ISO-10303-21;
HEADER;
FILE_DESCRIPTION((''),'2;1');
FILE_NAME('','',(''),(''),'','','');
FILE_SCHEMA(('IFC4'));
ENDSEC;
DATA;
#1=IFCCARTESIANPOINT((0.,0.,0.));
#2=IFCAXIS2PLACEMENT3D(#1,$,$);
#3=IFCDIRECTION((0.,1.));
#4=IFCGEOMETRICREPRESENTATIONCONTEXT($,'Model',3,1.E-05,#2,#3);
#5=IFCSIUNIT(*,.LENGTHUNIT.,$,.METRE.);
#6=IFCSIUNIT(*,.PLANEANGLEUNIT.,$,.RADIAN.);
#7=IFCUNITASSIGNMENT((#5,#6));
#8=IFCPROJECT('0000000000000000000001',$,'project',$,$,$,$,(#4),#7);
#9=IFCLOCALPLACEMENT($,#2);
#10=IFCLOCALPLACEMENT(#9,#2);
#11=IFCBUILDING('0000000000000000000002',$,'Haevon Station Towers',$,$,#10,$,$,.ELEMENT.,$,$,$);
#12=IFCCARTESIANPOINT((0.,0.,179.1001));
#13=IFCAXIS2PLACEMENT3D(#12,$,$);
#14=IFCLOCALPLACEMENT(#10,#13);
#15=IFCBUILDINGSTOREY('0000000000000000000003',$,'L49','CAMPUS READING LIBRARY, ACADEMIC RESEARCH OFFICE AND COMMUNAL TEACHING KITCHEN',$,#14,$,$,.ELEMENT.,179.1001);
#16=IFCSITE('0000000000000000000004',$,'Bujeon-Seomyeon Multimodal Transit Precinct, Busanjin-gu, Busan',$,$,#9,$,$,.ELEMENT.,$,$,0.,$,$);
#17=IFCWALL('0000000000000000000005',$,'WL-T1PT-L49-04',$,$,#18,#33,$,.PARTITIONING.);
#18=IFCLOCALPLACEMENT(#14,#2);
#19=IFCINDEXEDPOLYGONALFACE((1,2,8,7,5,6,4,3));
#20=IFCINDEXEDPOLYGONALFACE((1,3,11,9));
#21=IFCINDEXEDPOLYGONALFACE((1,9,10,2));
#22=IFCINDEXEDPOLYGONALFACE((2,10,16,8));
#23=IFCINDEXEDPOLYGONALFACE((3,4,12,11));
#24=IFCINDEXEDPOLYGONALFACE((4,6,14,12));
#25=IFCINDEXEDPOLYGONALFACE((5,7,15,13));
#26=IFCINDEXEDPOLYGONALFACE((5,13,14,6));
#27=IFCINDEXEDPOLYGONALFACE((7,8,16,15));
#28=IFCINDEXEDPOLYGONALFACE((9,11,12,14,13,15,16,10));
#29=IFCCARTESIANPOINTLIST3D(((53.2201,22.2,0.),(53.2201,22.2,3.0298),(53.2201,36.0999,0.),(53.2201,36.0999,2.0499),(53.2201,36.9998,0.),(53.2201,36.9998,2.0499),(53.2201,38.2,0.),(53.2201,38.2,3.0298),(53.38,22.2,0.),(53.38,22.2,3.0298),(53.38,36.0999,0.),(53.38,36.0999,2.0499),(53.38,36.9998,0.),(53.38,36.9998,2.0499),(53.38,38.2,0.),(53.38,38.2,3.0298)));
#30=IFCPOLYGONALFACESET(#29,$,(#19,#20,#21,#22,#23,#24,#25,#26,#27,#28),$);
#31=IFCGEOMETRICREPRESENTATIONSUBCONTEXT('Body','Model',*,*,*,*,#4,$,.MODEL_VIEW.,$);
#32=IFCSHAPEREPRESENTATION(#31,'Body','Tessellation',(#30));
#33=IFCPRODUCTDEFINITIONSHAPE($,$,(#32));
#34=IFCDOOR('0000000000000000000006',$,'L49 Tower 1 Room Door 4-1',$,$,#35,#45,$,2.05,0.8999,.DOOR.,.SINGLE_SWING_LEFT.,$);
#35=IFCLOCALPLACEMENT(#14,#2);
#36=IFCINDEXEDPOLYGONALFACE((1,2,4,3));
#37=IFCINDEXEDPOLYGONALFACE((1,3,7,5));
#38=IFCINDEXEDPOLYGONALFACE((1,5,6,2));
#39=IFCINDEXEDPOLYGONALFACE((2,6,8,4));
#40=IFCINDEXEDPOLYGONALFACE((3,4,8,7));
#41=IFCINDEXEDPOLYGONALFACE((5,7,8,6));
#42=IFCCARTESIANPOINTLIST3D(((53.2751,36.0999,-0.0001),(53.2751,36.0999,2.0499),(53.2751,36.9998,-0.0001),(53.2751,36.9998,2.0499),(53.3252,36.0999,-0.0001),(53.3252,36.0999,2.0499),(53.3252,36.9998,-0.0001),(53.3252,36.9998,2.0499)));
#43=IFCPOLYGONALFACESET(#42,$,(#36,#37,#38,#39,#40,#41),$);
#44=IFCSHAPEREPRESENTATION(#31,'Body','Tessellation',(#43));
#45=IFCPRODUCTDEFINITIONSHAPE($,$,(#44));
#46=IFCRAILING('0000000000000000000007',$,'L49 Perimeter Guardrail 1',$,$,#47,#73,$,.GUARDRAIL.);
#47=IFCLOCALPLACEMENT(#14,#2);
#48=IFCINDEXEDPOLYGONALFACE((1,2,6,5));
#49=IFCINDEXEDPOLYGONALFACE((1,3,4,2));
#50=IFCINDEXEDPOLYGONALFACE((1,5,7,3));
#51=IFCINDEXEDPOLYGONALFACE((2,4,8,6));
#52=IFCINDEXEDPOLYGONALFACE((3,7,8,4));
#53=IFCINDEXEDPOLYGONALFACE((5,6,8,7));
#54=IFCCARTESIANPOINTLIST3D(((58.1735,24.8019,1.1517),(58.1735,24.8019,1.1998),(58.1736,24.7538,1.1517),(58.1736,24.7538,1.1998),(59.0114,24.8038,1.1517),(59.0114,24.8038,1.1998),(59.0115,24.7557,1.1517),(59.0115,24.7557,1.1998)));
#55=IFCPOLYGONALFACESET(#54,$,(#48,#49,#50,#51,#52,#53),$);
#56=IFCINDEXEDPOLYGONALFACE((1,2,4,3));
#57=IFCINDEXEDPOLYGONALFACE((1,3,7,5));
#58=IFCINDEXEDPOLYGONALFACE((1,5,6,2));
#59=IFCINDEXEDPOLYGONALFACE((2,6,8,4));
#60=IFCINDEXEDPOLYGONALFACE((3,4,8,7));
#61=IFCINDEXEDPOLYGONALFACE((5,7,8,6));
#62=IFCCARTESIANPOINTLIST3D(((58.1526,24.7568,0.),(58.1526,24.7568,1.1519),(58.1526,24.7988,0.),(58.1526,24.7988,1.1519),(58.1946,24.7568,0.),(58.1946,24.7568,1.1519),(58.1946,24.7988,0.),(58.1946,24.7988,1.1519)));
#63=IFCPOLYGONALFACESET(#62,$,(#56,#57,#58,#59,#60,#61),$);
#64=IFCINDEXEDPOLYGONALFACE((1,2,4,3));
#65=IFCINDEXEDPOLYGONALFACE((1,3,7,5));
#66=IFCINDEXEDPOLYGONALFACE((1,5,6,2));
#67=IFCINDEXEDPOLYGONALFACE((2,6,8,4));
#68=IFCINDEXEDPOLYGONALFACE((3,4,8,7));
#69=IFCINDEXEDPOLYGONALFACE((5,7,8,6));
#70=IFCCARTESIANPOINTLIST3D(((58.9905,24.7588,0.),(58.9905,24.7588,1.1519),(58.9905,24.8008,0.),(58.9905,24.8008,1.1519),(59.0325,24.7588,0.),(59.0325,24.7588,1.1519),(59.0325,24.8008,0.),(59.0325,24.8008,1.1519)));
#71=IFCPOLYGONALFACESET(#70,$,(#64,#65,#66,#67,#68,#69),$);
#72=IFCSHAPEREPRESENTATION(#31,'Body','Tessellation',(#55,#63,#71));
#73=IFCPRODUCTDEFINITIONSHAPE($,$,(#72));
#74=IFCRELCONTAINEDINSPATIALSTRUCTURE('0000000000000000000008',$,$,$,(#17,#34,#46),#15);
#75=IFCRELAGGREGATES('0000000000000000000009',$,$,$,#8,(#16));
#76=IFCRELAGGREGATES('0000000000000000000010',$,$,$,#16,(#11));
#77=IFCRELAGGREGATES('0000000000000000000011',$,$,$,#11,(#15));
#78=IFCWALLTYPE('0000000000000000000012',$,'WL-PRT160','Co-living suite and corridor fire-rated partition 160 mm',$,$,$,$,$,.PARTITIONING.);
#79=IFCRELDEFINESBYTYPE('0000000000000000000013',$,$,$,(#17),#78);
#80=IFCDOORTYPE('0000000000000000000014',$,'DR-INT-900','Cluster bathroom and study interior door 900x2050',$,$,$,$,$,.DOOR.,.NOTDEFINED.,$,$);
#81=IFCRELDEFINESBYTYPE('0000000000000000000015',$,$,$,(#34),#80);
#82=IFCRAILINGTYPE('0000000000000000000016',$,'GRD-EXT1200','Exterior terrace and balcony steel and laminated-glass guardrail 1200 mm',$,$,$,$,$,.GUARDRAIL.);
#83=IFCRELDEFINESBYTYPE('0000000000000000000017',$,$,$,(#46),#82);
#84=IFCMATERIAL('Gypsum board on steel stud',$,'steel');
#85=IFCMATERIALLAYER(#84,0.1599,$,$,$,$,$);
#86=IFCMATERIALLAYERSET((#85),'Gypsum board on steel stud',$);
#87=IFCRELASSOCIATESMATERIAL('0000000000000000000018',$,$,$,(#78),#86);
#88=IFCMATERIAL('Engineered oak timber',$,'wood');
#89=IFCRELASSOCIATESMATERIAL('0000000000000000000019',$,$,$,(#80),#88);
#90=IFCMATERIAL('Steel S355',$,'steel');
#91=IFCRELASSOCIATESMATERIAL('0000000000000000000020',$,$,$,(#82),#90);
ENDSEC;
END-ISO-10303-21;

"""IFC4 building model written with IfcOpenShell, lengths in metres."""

from ifc_helpers import new_model, si_unit, direction, frame, frame_2d, origin, origin_2d, place, context, subcontext, project, spatial, rectangle, extrude, material, layer, layer_set, type_object, element, fill, save


model = new_model("IFC4")

# Units and contexts
model_context = context("Model", 3, precision=1e-05, world=origin(), true_north=direction((0.0, 1.0)))
body_context = subcontext(model_context, "Body", "Model", "MODEL_VIEW")
ifc_project = project(units=[si_unit("LENGTHUNIT", "METRE"), si_unit("PLANEANGLEUNIT", "RADIAN")], contexts=[model_context])

# Site, building, storey
site_placement = place(None, origin())
site = spatial("IfcSite", under=ifc_project, at=site_placement, Name="Bujeon-Seomyeon Multimodal Transit Precinct, Busanjin-gu, Busan", CompositionType="ELEMENT", RefElevation=0.0)
building_placement = place(site_placement, origin())
building = spatial("IfcBuilding", under=site, at=building_placement, Name="Haevon Station Towers", CompositionType="ELEMENT")
storey_placement = place(building_placement, frame((0.0, 0.0, 179.1001)))
storey = spatial("IfcBuildingStorey", under=building, at=storey_placement, Name="L49", Description="CAMPUS READING LIBRARY, ACADEMIC RESEARCH OFFICE AND COMMUNAL TEACHING KITCHEN", CompositionType="ELEMENT", Elevation=179.1001)

# Shared definitions
ifc_material_1 = material(Name="Steel S355", Category="steel")

# Shared definitions
ifc_material_2 = material(Name="Gypsum board on steel stud", Category="steel")

# Wall, opening, door
ifc_layer_1 = layer(ifc_material_2, 0.1599)
ifc_layer_set_1 = layer_set([ifc_layer_1], Name="Gypsum board on steel stud")
wall_type_1 = type_object("IfcWallType", Name="WL-PRT160", Description="Co-living suite and corridor fire-rated partition 160 mm", PredefinedType="PARTITIONING", material=ifc_layer_set_1)
wall_1_placement = place(storey_placement, frame((53.3, 22.2, 0.0), z_axis=(0.0, 0.0, 1.0), x_axis=(0.0, 1.0, 0.0)))
wall_1 = element("IfcWall", 1, at=wall_1_placement, inside=storey, type_object=wall_type_1, Name="WL-T1PT-L49-04", PredefinedType="PARTITIONING", context=body_context, shape_type="SweptSolid", body=[
    extrude(rectangle(XDim=16.0, YDim=0.1599, at=frame_2d((8.0, 0.0))), origin(), (0.0, 0.0, 1.0), 3.0298),
])
opening_1_placement = place(wall_1_placement, frame((13.8999, 0.0, 0.0)))
opening_1 = element("IfcOpeningElement", 2, at=opening_1_placement, cuts=wall_1, PredefinedType="OPENING", context=body_context, shape_type="SweptSolid", body=[
    extrude(rectangle(XDim=0.8999, YDim=2.05, at=frame_2d((0.45, 1.0249))), frame((0.0, 0.0898, 0.0), z_axis=(0.0, -1.0, 0.0), x_axis=(1.0, 0.0, 0.0)), (0.0, 0.0, 1.0), 0.1799),
])
ifc_material_3 = material(Name="Engineered oak timber", Category="wood")
door_type = type_object("IfcDoorType", Name="DR-INT-900", Description="Cluster bathroom and study interior door 900x2050", OperationType="NOTDEFINED", PredefinedType="DOOR", material=ifc_material_3)
door_placement = place(opening_1_placement, origin())
door = element("IfcDoor", 3, at=door_placement, inside=storey, type_object=door_type, Name="L49 Tower 1 Room Door 4-1", OperationType="SINGLE_SWING_LEFT", OverallHeight=2.05, OverallWidth=0.8999, PredefinedType="DOOR", context=body_context, shape_type="SweptSolid", body=[
    extrude(rectangle(XDim=0.8999, YDim=2.05, at=frame_2d((0.45, 1.0249))), frame((0.0, 0.0249, 0.0), z_axis=(0.0, -1.0, 0.0), x_axis=(1.0, 0.0, 0.0)), (0.0, 0.0, 1.0), 0.05),
])
fill(opening_1, door)

# Railing
railing_type = type_object("IfcRailingType", Name="GRD-EXT1200", Description="Exterior terrace and balcony steel and laminated-glass guardrail 1200 mm", PredefinedType="GUARDRAIL", material=ifc_material_1)
railing_placement = place(storey_placement, frame((58.1736, 24.7778, 0.0)))
element("IfcRailing", 4, at=railing_placement, inside=storey, type_object=railing_type, Name="L49 Perimeter Guardrail 1", PredefinedType="GUARDRAIL", context=body_context, shape_type="SweptSolid", body=[
    extrude(rectangle(XDim=0.0481, YDim=0.0481, at=origin_2d()), frame((0.0, 0.0, 1.1758), z_axis=(0.999997, 0.002331, 0.0), x_axis=(-0.002331, 0.999997, 0.0)), (0.0, 0.0, 1.0), 0.8379),
    extrude(rectangle(XDim=0.042, YDim=0.042, at=origin_2d()), origin(), (0.0, 0.0, 1.0), 1.1519),
    extrude(rectangle(XDim=0.042, YDim=0.042, at=origin_2d()), frame((0.8379, 0.002, 0.0)), (0.0, 0.0, 1.0), 1.1519),
])

save(model, "model.ifc")
